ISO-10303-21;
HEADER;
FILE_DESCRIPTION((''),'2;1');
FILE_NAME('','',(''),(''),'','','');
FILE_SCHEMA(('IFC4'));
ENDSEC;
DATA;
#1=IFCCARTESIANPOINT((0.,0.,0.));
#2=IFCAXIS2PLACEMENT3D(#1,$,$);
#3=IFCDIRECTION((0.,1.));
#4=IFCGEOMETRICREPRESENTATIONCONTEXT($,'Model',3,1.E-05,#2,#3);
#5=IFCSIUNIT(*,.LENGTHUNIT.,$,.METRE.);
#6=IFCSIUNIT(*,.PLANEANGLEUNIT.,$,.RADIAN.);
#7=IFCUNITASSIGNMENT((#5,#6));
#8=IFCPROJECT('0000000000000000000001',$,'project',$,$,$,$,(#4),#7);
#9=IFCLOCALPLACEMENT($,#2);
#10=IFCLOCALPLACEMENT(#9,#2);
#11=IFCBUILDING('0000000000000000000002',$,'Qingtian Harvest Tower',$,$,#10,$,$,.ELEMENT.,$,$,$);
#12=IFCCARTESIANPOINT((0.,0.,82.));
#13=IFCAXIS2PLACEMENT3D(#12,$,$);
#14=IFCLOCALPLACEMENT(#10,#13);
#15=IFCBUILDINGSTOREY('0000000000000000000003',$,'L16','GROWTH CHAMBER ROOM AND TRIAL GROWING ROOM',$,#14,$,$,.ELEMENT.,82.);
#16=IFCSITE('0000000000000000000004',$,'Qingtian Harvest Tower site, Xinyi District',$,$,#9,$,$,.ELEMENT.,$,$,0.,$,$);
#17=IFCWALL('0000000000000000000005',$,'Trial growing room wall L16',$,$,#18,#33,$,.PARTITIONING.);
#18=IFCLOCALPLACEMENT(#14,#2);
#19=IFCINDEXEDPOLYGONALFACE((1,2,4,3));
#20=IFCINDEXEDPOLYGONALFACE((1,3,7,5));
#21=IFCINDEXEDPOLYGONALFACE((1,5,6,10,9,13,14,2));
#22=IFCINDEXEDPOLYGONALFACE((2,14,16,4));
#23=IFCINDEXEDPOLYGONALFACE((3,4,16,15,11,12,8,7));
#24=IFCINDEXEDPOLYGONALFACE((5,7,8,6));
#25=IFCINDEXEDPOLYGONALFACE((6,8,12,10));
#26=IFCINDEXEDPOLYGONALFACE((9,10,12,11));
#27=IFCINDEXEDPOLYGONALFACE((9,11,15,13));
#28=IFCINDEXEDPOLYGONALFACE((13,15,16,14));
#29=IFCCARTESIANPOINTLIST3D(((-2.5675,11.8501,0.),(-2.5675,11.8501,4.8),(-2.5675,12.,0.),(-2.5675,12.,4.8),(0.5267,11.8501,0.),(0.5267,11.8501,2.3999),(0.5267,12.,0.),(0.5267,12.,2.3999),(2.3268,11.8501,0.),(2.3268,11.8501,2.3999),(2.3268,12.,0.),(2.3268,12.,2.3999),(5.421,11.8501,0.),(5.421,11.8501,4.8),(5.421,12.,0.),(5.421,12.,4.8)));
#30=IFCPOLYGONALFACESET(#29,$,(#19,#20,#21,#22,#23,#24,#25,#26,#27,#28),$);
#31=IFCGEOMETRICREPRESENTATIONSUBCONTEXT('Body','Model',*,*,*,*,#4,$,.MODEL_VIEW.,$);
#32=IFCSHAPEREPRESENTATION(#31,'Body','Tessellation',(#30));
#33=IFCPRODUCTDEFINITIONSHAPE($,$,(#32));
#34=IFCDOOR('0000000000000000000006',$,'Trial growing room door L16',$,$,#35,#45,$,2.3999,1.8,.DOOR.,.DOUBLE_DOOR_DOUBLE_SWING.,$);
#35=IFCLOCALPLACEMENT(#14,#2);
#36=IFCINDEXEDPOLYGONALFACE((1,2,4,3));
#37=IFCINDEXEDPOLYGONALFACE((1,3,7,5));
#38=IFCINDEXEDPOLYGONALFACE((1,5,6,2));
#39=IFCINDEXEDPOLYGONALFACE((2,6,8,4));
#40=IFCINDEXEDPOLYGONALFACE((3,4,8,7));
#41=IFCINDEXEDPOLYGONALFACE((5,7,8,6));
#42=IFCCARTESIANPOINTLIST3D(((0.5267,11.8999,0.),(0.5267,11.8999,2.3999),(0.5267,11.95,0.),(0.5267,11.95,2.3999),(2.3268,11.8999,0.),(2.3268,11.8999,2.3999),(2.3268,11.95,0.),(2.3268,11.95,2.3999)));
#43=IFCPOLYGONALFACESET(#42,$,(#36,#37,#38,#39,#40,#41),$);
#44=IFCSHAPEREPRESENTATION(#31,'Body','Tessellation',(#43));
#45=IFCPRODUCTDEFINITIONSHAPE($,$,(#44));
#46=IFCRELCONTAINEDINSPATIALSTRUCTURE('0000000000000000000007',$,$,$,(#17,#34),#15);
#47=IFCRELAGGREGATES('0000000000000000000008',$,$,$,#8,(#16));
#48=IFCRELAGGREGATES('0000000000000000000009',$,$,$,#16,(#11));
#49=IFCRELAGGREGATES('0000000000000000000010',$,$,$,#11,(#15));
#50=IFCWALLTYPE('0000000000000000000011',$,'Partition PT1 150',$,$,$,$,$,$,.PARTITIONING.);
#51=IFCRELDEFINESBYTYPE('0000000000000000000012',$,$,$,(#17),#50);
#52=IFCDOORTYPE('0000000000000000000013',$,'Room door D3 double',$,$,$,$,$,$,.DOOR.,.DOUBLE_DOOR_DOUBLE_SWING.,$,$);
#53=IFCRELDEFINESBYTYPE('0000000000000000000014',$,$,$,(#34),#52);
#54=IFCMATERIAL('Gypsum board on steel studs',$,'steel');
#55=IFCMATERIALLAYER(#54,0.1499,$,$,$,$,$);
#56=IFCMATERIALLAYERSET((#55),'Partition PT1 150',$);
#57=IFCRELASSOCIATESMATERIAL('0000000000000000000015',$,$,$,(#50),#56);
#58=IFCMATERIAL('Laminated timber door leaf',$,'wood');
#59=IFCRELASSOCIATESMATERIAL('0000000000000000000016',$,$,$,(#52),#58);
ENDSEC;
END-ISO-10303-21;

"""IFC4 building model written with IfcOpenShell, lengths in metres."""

from ifc_helpers import new_model, si_unit, direction, frame, frame_2d, origin, place, context, subcontext, project, spatial, rectangle, extrude, material, layer, layer_set, type_object, element, fill, save


model = new_model("IFC4")

# Units and contexts
model_context = context("Model", 3, precision=1e-05, world=origin(), true_north=direction((0.0, 1.0)))
body_context = subcontext(model_context, "Body", "Model", "MODEL_VIEW")
ifc_project = project(units=[si_unit("LENGTHUNIT", "METRE"), si_unit("PLANEANGLEUNIT", "RADIAN")], contexts=[model_context])

# Site, building, storey
site_placement = place(None, origin())
site = spatial("IfcSite", under=ifc_project, at=site_placement, Name="Qingtian Harvest Tower site, Xinyi District", CompositionType="ELEMENT", RefElevation=0.0)
building_placement = place(site_placement, origin())
building = spatial("IfcBuilding", under=site, at=building_placement, Name="Qingtian Harvest Tower", CompositionType="ELEMENT")
storey_placement = place(building_placement, frame((0.0, 0.0, 82.0)))
storey = spatial("IfcBuildingStorey", under=building, at=storey_placement, Name="L16", Description="GROWTH CHAMBER ROOM AND TRIAL GROWING ROOM", CompositionType="ELEMENT", Elevation=82.0)

# Shared definitions
ifc_material_1 = material(Name="Gypsum board on steel studs", Category="steel")
ifc_layer_1 = layer(ifc_material_1, 0.1499)
ifc_layer_set_1 = layer_set([ifc_layer_1], Name="Partition PT1 150")
wall_type = type_object("IfcWallType", Name="Partition PT1 150", PredefinedType="PARTITIONING", material=ifc_layer_set_1)

# Wall, opening, door
wall_1_placement = place(storey_placement, frame((-2.5674, 11.925, 0.0), z_axis=(0.0, 0.0, 1.0), x_axis=(1.0, 0.0, 0.0)))
wall_1 = element("IfcWall", 1, at=wall_1_placement, inside=storey, type_object=wall_type, Name="Trial growing room wall L16", PredefinedType="PARTITIONING", context=body_context, shape_type="SweptSolid", body=[
    extrude(rectangle(XDim=7.9885, YDim=0.1499, at=frame_2d((3.9941, 0.0))), origin(), (0.0, 0.0, 1.0), 4.8),
])
opening_1_placement = place(wall_1_placement, frame((3.0942, 0.0, 0.0)))
opening_1 = element("IfcOpeningElement", 2, at=opening_1_placement, cuts=wall_1, PredefinedType="OPENING", context=body_context, shape_type="SweptSolid", body=[
    extrude(rectangle(XDim=1.8, YDim=2.3999, at=frame_2d((0.8999, 1.2))), frame((0.0, 0.085, 0.0), z_axis=(0.0, -1.0, 0.0), x_axis=(1.0, 0.0, 0.0)), (0.0, 0.0, 1.0), 0.1699),
])
ifc_material_2 = material(Name="Laminated timber door leaf", Category="wood")
door_type_1 = type_object("IfcDoorType", Name="Room door D3 double", OperationType="DOUBLE_DOOR_DOUBLE_SWING", PredefinedType="DOOR", material=ifc_material_2)
door_1_placement = place(opening_1_placement, origin())
door_1 = element("IfcDoor", 3, at=door_1_placement, inside=storey, type_object=door_type_1, Name="Trial growing room door L16", OperationType="DOUBLE_DOOR_DOUBLE_SWING", OverallHeight=2.3999, OverallWidth=1.8, PredefinedType="DOOR", context=body_context, shape_type="SweptSolid", body=[
    extrude(rectangle(XDim=1.8, YDim=2.3999, at=frame_2d((0.8999, 1.2))), frame((0.0, 0.0249, 0.0), z_axis=(0.0, -1.0, 0.0), x_axis=(1.0, 0.0, 0.0)), (0.0, 0.0, 1.0), 0.05),
])
fill(opening_1, door_1)

save(model, "model.ifc")
